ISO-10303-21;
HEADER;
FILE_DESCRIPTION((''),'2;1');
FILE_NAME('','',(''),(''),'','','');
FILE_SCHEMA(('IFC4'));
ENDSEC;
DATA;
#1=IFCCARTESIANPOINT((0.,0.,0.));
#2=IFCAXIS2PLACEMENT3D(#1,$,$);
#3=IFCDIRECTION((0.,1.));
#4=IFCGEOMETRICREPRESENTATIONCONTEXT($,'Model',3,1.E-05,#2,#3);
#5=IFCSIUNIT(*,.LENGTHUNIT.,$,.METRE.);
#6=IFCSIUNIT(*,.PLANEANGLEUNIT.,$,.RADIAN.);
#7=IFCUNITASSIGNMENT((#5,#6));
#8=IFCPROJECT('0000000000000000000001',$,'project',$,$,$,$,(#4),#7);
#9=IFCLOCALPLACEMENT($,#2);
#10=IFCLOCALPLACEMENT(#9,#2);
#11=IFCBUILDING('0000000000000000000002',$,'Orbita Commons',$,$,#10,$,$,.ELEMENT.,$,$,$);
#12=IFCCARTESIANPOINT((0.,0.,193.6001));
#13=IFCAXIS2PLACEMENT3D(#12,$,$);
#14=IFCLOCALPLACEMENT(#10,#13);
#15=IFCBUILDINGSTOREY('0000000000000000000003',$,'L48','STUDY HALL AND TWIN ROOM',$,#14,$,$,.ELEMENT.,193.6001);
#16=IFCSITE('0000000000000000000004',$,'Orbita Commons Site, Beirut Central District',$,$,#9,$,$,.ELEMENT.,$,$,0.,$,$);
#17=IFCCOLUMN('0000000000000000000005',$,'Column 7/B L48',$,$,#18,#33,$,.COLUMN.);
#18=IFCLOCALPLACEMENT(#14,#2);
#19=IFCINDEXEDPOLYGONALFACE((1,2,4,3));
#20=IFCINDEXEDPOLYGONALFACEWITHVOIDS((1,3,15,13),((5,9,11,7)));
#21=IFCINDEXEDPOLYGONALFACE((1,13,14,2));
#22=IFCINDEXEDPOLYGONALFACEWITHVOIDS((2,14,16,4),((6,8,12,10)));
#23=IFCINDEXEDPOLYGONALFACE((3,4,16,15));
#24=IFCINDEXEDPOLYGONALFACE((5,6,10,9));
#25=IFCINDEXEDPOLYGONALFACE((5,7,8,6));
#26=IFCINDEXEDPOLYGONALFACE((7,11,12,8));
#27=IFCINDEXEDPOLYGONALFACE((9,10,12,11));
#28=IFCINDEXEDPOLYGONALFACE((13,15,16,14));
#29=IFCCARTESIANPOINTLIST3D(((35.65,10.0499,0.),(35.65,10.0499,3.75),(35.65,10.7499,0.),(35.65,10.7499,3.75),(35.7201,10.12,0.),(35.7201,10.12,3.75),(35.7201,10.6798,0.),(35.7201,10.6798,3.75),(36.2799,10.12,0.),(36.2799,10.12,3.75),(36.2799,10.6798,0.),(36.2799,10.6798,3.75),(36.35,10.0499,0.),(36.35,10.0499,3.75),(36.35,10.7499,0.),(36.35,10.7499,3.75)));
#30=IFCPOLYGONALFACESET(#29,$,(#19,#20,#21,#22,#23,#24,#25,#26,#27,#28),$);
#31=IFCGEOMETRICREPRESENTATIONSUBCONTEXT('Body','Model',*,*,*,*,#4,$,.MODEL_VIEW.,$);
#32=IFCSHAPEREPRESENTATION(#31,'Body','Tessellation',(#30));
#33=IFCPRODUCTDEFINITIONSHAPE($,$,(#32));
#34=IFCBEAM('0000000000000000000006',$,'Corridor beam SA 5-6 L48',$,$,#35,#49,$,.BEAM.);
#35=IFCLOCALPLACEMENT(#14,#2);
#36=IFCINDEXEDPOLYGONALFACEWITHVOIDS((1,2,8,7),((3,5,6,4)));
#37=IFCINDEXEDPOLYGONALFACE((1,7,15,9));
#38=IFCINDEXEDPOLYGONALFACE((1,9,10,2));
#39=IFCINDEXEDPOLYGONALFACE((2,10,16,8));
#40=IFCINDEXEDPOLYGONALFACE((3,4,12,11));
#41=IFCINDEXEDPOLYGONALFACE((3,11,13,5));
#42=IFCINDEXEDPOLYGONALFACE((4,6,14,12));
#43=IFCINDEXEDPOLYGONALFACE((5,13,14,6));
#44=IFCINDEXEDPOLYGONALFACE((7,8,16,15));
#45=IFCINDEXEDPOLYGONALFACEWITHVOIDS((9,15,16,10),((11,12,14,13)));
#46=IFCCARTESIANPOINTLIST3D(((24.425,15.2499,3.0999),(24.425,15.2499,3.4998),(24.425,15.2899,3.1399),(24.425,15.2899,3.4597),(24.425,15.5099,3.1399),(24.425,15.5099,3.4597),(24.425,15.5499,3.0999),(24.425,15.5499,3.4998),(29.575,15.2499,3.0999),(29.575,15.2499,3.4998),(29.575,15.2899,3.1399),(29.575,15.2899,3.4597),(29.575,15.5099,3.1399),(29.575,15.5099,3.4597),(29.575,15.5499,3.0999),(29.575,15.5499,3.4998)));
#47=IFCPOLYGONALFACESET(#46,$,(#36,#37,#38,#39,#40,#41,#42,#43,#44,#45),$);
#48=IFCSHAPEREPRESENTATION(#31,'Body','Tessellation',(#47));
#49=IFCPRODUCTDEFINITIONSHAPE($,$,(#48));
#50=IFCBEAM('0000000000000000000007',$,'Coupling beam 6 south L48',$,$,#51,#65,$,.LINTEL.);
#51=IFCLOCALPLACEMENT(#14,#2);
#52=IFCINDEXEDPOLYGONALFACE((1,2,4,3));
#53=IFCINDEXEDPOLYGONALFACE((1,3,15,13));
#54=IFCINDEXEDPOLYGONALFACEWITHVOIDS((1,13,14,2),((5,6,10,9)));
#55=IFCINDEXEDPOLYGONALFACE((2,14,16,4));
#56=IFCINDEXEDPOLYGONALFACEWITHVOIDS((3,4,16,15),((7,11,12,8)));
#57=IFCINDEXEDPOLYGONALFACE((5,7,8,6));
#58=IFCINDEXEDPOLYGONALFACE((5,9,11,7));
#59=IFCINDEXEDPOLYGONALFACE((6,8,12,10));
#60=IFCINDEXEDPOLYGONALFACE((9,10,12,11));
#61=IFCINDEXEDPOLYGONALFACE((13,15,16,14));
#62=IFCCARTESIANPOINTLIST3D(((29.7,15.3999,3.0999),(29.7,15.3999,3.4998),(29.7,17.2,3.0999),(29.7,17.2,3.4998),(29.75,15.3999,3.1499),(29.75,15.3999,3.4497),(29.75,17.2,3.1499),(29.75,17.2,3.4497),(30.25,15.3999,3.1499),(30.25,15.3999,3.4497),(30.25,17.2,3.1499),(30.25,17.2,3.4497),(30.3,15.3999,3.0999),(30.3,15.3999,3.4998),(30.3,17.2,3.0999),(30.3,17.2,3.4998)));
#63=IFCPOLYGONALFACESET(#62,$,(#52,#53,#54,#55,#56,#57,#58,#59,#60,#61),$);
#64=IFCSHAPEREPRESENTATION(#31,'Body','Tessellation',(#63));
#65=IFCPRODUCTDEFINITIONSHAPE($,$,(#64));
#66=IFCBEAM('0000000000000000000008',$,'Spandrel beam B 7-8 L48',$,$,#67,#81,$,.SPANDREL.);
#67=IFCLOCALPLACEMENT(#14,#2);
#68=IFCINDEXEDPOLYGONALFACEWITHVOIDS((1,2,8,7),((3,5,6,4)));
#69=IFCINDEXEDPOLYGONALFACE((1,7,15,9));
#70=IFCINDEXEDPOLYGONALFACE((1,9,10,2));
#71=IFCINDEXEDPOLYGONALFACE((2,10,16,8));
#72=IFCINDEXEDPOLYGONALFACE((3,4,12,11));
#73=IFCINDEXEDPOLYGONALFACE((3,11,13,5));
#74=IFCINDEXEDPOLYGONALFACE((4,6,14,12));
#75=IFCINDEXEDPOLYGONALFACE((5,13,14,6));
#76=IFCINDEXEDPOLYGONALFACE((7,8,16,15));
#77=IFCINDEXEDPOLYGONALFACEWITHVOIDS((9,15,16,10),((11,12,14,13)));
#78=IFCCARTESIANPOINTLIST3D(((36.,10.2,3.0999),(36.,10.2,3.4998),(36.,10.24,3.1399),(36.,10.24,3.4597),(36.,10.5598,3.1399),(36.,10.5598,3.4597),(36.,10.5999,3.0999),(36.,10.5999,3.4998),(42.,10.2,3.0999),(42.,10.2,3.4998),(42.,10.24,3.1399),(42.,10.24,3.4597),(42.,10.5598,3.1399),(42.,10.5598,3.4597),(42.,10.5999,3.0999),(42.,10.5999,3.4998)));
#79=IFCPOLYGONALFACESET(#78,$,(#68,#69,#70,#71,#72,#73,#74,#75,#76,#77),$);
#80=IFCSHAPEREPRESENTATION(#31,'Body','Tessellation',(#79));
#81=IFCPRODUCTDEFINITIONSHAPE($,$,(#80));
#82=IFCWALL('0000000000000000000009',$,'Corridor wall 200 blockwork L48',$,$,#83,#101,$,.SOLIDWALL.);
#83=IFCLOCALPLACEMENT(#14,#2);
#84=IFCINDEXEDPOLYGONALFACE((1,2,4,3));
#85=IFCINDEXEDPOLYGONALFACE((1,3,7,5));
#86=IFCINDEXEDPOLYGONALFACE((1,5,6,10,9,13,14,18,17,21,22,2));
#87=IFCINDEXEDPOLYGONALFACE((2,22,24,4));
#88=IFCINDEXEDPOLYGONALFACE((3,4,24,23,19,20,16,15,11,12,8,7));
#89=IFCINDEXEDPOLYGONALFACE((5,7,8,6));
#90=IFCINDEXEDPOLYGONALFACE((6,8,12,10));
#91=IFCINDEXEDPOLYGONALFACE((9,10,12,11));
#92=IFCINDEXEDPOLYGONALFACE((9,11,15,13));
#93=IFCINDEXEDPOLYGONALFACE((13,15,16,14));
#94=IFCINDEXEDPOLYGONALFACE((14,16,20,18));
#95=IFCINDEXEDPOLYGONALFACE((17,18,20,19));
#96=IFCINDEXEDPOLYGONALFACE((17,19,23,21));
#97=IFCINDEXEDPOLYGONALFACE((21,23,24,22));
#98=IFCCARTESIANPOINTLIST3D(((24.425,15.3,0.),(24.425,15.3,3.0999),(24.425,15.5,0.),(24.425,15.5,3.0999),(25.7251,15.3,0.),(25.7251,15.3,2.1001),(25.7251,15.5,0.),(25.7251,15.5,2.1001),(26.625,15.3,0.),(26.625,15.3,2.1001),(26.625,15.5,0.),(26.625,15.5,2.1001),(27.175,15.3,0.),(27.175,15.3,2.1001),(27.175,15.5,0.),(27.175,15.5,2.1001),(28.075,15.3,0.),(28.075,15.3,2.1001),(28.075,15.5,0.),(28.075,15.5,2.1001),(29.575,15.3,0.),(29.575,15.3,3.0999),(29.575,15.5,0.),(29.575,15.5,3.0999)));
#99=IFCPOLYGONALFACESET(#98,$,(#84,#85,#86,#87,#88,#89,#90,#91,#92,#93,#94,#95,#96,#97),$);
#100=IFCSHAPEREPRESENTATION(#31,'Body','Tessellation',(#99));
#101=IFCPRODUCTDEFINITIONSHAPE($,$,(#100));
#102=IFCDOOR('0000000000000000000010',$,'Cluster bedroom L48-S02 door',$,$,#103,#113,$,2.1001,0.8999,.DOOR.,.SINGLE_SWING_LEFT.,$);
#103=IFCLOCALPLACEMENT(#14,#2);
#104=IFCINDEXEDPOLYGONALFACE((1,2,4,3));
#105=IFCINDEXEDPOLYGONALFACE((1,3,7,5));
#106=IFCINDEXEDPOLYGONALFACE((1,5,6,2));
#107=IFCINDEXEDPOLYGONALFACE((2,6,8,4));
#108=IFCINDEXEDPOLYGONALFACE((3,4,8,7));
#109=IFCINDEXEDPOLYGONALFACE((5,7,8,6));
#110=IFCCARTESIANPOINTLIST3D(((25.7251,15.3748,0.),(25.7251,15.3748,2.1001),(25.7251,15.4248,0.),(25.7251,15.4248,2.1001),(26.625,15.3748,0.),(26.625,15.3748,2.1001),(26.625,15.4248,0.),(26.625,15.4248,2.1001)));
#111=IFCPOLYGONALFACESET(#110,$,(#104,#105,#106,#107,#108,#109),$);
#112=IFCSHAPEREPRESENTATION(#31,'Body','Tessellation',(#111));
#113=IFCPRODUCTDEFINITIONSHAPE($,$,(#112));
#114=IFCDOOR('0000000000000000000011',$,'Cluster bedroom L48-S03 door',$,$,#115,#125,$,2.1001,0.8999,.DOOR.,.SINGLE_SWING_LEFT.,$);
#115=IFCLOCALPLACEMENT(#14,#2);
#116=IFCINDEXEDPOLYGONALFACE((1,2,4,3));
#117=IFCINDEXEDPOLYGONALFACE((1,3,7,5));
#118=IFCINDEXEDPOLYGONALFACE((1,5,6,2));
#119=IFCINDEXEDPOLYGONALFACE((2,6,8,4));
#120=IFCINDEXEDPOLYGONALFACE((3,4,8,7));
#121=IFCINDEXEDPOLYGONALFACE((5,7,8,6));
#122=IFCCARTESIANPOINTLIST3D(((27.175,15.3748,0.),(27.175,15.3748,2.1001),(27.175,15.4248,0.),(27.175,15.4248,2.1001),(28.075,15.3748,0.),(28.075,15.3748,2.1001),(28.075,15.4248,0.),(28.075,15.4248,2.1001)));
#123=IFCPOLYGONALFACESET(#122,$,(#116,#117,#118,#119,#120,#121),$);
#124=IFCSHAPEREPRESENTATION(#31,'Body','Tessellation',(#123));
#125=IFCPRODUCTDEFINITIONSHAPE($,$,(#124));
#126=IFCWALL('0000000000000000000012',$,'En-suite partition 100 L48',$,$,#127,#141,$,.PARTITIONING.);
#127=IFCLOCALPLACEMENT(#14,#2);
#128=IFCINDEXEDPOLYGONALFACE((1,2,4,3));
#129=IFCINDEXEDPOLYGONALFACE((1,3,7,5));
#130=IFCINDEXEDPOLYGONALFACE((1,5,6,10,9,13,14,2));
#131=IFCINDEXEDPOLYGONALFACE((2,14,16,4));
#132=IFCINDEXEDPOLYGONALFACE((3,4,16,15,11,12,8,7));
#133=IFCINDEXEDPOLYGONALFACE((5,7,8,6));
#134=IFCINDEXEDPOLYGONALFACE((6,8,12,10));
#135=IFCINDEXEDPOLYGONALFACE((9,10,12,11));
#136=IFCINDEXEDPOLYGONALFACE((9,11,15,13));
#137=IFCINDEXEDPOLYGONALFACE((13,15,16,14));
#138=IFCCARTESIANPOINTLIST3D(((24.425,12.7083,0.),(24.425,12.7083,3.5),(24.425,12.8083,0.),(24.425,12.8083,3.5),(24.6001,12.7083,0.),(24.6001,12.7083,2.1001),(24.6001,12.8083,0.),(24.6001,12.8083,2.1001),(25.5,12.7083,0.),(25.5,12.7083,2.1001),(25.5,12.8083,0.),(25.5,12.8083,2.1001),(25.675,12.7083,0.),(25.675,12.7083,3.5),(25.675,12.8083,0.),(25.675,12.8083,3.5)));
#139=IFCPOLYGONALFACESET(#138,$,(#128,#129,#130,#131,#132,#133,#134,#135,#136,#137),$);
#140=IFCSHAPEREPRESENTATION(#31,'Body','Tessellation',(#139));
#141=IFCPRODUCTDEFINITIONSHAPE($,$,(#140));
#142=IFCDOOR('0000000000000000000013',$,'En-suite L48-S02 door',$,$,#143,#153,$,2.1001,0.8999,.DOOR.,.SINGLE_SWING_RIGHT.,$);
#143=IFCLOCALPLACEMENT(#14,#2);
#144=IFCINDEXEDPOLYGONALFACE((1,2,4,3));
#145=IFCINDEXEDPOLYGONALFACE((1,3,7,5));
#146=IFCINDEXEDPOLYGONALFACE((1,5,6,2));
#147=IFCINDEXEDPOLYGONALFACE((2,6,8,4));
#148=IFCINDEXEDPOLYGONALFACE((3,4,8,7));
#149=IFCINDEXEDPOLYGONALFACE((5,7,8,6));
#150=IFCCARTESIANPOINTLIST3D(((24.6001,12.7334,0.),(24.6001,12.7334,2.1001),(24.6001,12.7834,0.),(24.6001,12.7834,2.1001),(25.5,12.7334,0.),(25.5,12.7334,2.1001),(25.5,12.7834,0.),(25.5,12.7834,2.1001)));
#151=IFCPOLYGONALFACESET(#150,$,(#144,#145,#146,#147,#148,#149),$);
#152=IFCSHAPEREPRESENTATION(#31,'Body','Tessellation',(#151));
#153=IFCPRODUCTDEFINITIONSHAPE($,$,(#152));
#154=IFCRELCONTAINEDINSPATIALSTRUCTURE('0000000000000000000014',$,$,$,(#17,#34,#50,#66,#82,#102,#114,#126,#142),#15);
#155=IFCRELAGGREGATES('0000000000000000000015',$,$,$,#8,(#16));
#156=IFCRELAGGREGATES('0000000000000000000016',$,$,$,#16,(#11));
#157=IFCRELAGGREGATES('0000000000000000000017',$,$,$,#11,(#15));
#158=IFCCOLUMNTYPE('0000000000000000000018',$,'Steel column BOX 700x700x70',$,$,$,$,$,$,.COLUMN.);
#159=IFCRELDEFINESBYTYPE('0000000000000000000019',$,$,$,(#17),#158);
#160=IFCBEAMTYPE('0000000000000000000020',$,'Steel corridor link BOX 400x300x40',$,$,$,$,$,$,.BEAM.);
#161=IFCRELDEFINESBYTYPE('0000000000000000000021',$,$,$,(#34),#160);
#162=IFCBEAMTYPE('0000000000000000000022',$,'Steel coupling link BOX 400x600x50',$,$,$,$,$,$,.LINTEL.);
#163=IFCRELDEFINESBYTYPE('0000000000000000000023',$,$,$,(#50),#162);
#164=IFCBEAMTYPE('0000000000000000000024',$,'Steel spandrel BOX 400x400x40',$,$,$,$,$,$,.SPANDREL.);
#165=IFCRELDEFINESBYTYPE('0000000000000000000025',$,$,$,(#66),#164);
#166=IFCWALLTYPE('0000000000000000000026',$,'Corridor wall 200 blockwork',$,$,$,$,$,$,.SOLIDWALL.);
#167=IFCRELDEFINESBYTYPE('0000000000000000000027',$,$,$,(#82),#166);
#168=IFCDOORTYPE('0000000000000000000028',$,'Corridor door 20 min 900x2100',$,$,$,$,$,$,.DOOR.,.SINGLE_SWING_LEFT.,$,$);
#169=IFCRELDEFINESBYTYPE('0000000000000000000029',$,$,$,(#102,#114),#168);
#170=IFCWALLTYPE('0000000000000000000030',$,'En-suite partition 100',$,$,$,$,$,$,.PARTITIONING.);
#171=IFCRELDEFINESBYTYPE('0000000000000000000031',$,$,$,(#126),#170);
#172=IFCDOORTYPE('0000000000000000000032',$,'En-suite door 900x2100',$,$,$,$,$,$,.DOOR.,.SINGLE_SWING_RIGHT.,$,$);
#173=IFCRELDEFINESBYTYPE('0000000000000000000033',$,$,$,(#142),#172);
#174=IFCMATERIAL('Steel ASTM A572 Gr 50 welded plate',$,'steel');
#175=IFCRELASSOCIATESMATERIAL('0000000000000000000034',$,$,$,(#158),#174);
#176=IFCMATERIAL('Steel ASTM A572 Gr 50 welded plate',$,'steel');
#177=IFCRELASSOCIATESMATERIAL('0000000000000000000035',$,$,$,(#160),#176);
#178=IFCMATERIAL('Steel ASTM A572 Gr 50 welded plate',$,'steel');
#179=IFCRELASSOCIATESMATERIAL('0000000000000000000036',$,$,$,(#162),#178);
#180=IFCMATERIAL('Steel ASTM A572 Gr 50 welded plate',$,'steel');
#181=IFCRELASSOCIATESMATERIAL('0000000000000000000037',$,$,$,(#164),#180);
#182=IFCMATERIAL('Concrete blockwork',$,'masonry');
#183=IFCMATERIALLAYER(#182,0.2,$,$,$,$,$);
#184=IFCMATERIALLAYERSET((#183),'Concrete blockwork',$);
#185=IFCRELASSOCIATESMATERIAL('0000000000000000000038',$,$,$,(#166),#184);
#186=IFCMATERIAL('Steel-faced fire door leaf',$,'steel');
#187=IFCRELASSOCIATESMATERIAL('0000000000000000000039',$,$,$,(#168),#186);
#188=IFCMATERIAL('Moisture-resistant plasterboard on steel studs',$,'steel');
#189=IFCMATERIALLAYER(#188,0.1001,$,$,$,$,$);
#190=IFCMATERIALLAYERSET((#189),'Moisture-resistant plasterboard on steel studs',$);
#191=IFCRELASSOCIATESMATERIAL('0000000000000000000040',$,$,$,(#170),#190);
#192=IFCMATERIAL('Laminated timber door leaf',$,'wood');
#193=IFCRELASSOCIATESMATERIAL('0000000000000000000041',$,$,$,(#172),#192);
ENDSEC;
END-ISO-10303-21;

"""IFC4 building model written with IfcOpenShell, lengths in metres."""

from ifc_helpers import new_model, si_unit, direction, frame, frame_2d, origin, origin_2d, place, context, subcontext, project, spatial, polyline, rectangle, hollow_rectangle, outline, extrude, material, layer, layer_set, material_profile, profile_set, type_object, element, fill, save


model = new_model("IFC4")

# Units and contexts
model_context = context("Model", 3, precision=1e-05, world=origin(), true_north=direction((0.0, 1.0)))
body_context = subcontext(model_context, "Body", "Model", "MODEL_VIEW")
ifc_project = project(units=[si_unit("LENGTHUNIT", "METRE"), si_unit("PLANEANGLEUNIT", "RADIAN")], contexts=[model_context])

# Site, building, storey
site_placement = place(None, origin())
site = spatial("IfcSite", under=ifc_project, at=site_placement, Name="Orbita Commons Site, Beirut Central District", CompositionType="ELEMENT", RefElevation=0.0)
building_placement = place(site_placement, origin())
building = spatial("IfcBuilding", under=site, at=building_placement, Name="Orbita Commons", CompositionType="ELEMENT")
storey_placement = place(building_placement, frame((0.0, 0.0, 193.6001)))
storey = spatial("IfcBuildingStorey", under=building, at=storey_placement, Name="L48", Description="STUDY HALL AND TWIN ROOM", CompositionType="ELEMENT", Elevation=193.6001)

# Column
ifc_material_1 = material(Name="Steel ASTM A572 Gr 50 welded plate", Category="steel")
ifc_material_profile_1 = material_profile(ifc_material_1, hollow_rectangle(XDim=0.7, YDim=0.7, WallThickness=0.0701, at=origin_2d()), Name="BOX 700x700x70")
ifc_profile_set_1 = profile_set([ifc_material_profile_1], Name="Steel ASTM A572 Gr 50 welded plate")
column_type = type_object("IfcColumnType", Name="Steel column BOX 700x700x70", PredefinedType="COLUMN", material=ifc_profile_set_1)
column_placement = place(storey_placement, frame((36.0, 10.3999, 0.0), z_axis=(0.0, 0.0, 1.0), x_axis=(1.0, 0.0, 0.0)))
element("IfcColumn", 1, at=column_placement, inside=storey, type_object=column_type, Name="Column 7/B L48", PredefinedType="COLUMN", context=body_context, shape_type="SweptSolid", body=[
    extrude(hollow_rectangle(XDim=0.7, YDim=0.7, WallThickness=0.0701, at=origin_2d()), origin(), (0.0, 0.0, 1.0), 3.75),
])

# Beams
ifc_material_2 = material(Name="Steel ASTM A572 Gr 50 welded plate", Category="steel")
ifc_material_profile_2 = material_profile(ifc_material_2, hollow_rectangle(XDim=0.3, YDim=0.3999, WallThickness=0.04, at=origin_2d()), Name="BOX 400x300x40")
ifc_profile_set_2 = profile_set([ifc_material_profile_2], Name="Steel ASTM A572 Gr 50 welded plate")
beam_type_1 = type_object("IfcBeamType", Name="Steel corridor link BOX 400x300x40", PredefinedType="BEAM", material=ifc_profile_set_2)
beam_1_placement = place(storey_placement, frame((24.425, 15.3999, 3.2998), z_axis=(1.0, 0.0, 0.0), x_axis=(0.0, 1.0, 0.0)))
element("IfcBeam", 2, at=beam_1_placement, inside=storey, type_object=beam_type_1, Name="Corridor beam SA 5-6 L48", PredefinedType="BEAM", context=body_context, shape_type="SweptSolid", body=[
    extrude(hollow_rectangle(XDim=0.3, YDim=0.3999, WallThickness=0.04, at=origin_2d()), origin(), (0.0, 0.0, 1.0), 5.1499),
])
ifc_material_3 = material(Name="Steel ASTM A572 Gr 50 welded plate", Category="steel")
ifc_material_profile_3 = material_profile(ifc_material_3, hollow_rectangle(XDim=0.6001, YDim=0.3999, WallThickness=0.05, at=origin_2d()), Name="BOX 400x600x50")
ifc_profile_set_3 = profile_set([ifc_material_profile_3], Name="Steel ASTM A572 Gr 50 welded plate")
beam_type_2 = type_object("IfcBeamType", Name="Steel coupling link BOX 400x600x50", PredefinedType="LINTEL", material=ifc_profile_set_3)
beam_2_placement = place(storey_placement, frame((30.0, 15.3999, 3.2998), z_axis=(0.0, 1.0, 0.0), x_axis=(-1.0, 0.0, 0.0)))
element("IfcBeam", 3, at=beam_2_placement, inside=storey, type_object=beam_type_2, Name="Coupling beam 6 south L48", PredefinedType="LINTEL", context=body_context, shape_type="SweptSolid", body=[
    extrude(hollow_rectangle(XDim=0.6001, YDim=0.3999, WallThickness=0.05, at=origin_2d()), origin(), (0.0, 0.0, 1.0), 1.8),
])
ifc_material_4 = material(Name="Steel ASTM A572 Gr 50 welded plate", Category="steel")
ifc_material_profile_4 = material_profile(ifc_material_4, hollow_rectangle(XDim=0.3999, YDim=0.3999, WallThickness=0.04, at=origin_2d()), Name="BOX 400x400x40")
ifc_profile_set_4 = profile_set([ifc_material_profile_4], Name="Steel ASTM A572 Gr 50 welded plate")
beam_type_3 = type_object("IfcBeamType", Name="Steel spandrel BOX 400x400x40", PredefinedType="SPANDREL", material=ifc_profile_set_4)
beam_3_placement = place(storey_placement, frame((36.0, 10.3999, 3.2998), z_axis=(1.0, 0.0, 0.0), x_axis=(0.0, 1.0, 0.0)))
element("IfcBeam", 4, at=beam_3_placement, inside=storey, type_object=beam_type_3, Name="Spandrel beam B 7-8 L48", PredefinedType="SPANDREL", context=body_context, shape_type="SweptSolid", body=[
    extrude(hollow_rectangle(XDim=0.3999, YDim=0.3999, WallThickness=0.04, at=origin_2d()), origin(), (0.0, 0.0, 1.0), 6.0),
])

# Wall, openings, doors
ifc_material_5 = material(Name="Concrete blockwork", Category="masonry")
ifc_layer_1 = layer(ifc_material_5, 0.2)
ifc_layer_set_1 = layer_set([ifc_layer_1], Name="Concrete blockwork")
wall_type_1 = type_object("IfcWallType", Name="Corridor wall 200 blockwork", PredefinedType="SOLIDWALL", material=ifc_layer_set_1)
wall_1_placement = place(storey_placement, frame((24.425, 15.3999, 0.0), z_axis=(0.0, 0.0, 1.0), x_axis=(1.0, 0.0, 0.0)))
wall_1 = element("IfcWall", 5, at=wall_1_placement, inside=storey, type_object=wall_type_1, Name="Corridor wall 200 blockwork L48", PredefinedType="SOLIDWALL", context=body_context, shape_type="SweptSolid", body=[
    extrude(outline(polyline([(0.0, 0.0), (5.1499, 0.0), (5.1499, 3.0999), (0.0, 3.0999), (0.0, 0.0)])), frame((0.0, 0.1001, 0.0), z_axis=(0.0, -1.0, 0.0), x_axis=(1.0, 0.0, 0.0)), (0.0, 0.0, 1.0), 0.2),
])
opening_1_placement = place(wall_1_placement, frame((1.3, 0.0, 0.0)))
opening_1 = element("IfcOpeningElement", 6, at=opening_1_placement, cuts=wall_1, PredefinedType="OPENING", context=body_context, shape_type="SweptSolid", body=[
    extrude(rectangle(XDim=0.8999, YDim=2.1001, at=frame_2d((0.45, 1.05))), frame((0.0, 0.1099, 0.0), z_axis=(0.0, -1.0, 0.0), x_axis=(1.0, 0.0, 0.0)), (0.0, 0.0, 1.0), 0.22),
])
opening_2_placement = place(wall_1_placement, frame((2.75, 0.0, 0.0)))
opening_2 = element("IfcOpeningElement", 7, at=opening_2_placement, cuts=wall_1, PredefinedType="OPENING", context=body_context, shape_type="SweptSolid", body=[
    extrude(rectangle(XDim=0.8999, YDim=2.1001, at=frame_2d((0.45, 1.05))), frame((0.0, 0.1099, 0.0), z_axis=(0.0, -1.0, 0.0), x_axis=(1.0, 0.0, 0.0)), (0.0, 0.0, 1.0), 0.22),
])
ifc_material_6 = material(Name="Steel-faced fire door leaf", Category="steel")
door_type_1 = type_object("IfcDoorType", Name="Corridor door 20 min 900x2100", OperationType="SINGLE_SWING_LEFT", PredefinedType="DOOR", material=ifc_material_6)
door_1_placement = place(opening_1_placement, origin())
door_1 = element("IfcDoor", 8, at=door_1_placement, inside=storey, type_object=door_type_1, Name="Cluster bedroom L48-S02 door", OperationType="SINGLE_SWING_LEFT", OverallHeight=2.1001, OverallWidth=0.8999, PredefinedType="DOOR", context=body_context, shape_type="SweptSolid", body=[
    extrude(rectangle(XDim=0.8999, YDim=2.1001, at=frame_2d((0.45, 1.05))), frame((0.0, 0.0249, 0.0), z_axis=(0.0, -1.0, 0.0), x_axis=(1.0, 0.0, 0.0)), (0.0, 0.0, 1.0), 0.05),
])
fill(opening_1, door_1)
door_2_placement = place(opening_2_placement, origin())
door_2 = element("IfcDoor", 9, at=door_2_placement, inside=storey, type_object=door_type_1, Name="Cluster bedroom L48-S03 door", OperationType="SINGLE_SWING_LEFT", OverallHeight=2.1001, OverallWidth=0.8999, PredefinedType="DOOR", context=body_context, shape_type="SweptSolid", body=[
    extrude(rectangle(XDim=0.8999, YDim=2.1001, at=frame_2d((0.45, 1.05))), frame((0.0, 0.0249, 0.0), z_axis=(0.0, -1.0, 0.0), x_axis=(1.0, 0.0, 0.0)), (0.0, 0.0, 1.0), 0.05),
])
fill(opening_2, door_2)

# Wall, opening, door
ifc_material_7 = material(Name="Moisture-resistant plasterboard on steel studs", Category="steel")
ifc_layer_2 = layer(ifc_material_7, 0.1001)
ifc_layer_set_2 = layer_set([ifc_layer_2], Name="Moisture-resistant plasterboard on steel studs")
wall_type_2 = type_object("IfcWallType", Name="En-suite partition 100", PredefinedType="PARTITIONING", material=ifc_layer_set_2)
wall_2_placement = place(storey_placement, frame((25.675, 12.7583, 0.0), z_axis=(0.0, 0.0, 1.0), x_axis=(-1.0, 0.0, 0.0)))
wall_2 = element("IfcWall", 10, at=wall_2_placement, inside=storey, type_object=wall_type_2, Name="En-suite partition 100 L48", PredefinedType="PARTITIONING", context=body_context, shape_type="SweptSolid", body=[
    extrude(rectangle(XDim=1.25, YDim=0.1001, at=frame_2d((0.625, 0.0))), origin(), (0.0, 0.0, 1.0), 3.5),
])
opening_3_placement = place(wall_2_placement, frame((0.175, 0.0, 0.0)))
opening_3 = element("IfcOpeningElement", 11, at=opening_3_placement, cuts=wall_2, PredefinedType="OPENING", context=body_context, shape_type="SweptSolid", body=[
    extrude(rectangle(XDim=0.8999, YDim=2.1001, at=frame_2d((0.45, 1.05))), frame((0.0, 0.0601, 0.0), z_axis=(0.0, -1.0, 0.0), x_axis=(1.0, 0.0, 0.0)), (0.0, 0.0, 1.0), 0.1201),
])
ifc_material_8 = material(Name="Laminated timber door leaf", Category="wood")
door_type_2 = type_object("IfcDoorType", Name="En-suite door 900x2100", OperationType="SINGLE_SWING_RIGHT", PredefinedType="DOOR", material=ifc_material_8)
door_3_placement = place(opening_3_placement, origin())
door_3 = element("IfcDoor", 12, at=door_3_placement, inside=storey, type_object=door_type_2, Name="En-suite L48-S02 door", OperationType="SINGLE_SWING_RIGHT", OverallHeight=2.1001, OverallWidth=0.8999, PredefinedType="DOOR", context=body_context, shape_type="SweptSolid", body=[
    extrude(rectangle(XDim=0.8999, YDim=2.1001, at=frame_2d((0.45, 1.05))), frame((0.0, 0.0249, 0.0), z_axis=(0.0, -1.0, 0.0), x_axis=(1.0, 0.0, 0.0)), (0.0, 0.0, 1.0), 0.05),
])
fill(opening_3, door_3)

save(model, "model.ifc")
